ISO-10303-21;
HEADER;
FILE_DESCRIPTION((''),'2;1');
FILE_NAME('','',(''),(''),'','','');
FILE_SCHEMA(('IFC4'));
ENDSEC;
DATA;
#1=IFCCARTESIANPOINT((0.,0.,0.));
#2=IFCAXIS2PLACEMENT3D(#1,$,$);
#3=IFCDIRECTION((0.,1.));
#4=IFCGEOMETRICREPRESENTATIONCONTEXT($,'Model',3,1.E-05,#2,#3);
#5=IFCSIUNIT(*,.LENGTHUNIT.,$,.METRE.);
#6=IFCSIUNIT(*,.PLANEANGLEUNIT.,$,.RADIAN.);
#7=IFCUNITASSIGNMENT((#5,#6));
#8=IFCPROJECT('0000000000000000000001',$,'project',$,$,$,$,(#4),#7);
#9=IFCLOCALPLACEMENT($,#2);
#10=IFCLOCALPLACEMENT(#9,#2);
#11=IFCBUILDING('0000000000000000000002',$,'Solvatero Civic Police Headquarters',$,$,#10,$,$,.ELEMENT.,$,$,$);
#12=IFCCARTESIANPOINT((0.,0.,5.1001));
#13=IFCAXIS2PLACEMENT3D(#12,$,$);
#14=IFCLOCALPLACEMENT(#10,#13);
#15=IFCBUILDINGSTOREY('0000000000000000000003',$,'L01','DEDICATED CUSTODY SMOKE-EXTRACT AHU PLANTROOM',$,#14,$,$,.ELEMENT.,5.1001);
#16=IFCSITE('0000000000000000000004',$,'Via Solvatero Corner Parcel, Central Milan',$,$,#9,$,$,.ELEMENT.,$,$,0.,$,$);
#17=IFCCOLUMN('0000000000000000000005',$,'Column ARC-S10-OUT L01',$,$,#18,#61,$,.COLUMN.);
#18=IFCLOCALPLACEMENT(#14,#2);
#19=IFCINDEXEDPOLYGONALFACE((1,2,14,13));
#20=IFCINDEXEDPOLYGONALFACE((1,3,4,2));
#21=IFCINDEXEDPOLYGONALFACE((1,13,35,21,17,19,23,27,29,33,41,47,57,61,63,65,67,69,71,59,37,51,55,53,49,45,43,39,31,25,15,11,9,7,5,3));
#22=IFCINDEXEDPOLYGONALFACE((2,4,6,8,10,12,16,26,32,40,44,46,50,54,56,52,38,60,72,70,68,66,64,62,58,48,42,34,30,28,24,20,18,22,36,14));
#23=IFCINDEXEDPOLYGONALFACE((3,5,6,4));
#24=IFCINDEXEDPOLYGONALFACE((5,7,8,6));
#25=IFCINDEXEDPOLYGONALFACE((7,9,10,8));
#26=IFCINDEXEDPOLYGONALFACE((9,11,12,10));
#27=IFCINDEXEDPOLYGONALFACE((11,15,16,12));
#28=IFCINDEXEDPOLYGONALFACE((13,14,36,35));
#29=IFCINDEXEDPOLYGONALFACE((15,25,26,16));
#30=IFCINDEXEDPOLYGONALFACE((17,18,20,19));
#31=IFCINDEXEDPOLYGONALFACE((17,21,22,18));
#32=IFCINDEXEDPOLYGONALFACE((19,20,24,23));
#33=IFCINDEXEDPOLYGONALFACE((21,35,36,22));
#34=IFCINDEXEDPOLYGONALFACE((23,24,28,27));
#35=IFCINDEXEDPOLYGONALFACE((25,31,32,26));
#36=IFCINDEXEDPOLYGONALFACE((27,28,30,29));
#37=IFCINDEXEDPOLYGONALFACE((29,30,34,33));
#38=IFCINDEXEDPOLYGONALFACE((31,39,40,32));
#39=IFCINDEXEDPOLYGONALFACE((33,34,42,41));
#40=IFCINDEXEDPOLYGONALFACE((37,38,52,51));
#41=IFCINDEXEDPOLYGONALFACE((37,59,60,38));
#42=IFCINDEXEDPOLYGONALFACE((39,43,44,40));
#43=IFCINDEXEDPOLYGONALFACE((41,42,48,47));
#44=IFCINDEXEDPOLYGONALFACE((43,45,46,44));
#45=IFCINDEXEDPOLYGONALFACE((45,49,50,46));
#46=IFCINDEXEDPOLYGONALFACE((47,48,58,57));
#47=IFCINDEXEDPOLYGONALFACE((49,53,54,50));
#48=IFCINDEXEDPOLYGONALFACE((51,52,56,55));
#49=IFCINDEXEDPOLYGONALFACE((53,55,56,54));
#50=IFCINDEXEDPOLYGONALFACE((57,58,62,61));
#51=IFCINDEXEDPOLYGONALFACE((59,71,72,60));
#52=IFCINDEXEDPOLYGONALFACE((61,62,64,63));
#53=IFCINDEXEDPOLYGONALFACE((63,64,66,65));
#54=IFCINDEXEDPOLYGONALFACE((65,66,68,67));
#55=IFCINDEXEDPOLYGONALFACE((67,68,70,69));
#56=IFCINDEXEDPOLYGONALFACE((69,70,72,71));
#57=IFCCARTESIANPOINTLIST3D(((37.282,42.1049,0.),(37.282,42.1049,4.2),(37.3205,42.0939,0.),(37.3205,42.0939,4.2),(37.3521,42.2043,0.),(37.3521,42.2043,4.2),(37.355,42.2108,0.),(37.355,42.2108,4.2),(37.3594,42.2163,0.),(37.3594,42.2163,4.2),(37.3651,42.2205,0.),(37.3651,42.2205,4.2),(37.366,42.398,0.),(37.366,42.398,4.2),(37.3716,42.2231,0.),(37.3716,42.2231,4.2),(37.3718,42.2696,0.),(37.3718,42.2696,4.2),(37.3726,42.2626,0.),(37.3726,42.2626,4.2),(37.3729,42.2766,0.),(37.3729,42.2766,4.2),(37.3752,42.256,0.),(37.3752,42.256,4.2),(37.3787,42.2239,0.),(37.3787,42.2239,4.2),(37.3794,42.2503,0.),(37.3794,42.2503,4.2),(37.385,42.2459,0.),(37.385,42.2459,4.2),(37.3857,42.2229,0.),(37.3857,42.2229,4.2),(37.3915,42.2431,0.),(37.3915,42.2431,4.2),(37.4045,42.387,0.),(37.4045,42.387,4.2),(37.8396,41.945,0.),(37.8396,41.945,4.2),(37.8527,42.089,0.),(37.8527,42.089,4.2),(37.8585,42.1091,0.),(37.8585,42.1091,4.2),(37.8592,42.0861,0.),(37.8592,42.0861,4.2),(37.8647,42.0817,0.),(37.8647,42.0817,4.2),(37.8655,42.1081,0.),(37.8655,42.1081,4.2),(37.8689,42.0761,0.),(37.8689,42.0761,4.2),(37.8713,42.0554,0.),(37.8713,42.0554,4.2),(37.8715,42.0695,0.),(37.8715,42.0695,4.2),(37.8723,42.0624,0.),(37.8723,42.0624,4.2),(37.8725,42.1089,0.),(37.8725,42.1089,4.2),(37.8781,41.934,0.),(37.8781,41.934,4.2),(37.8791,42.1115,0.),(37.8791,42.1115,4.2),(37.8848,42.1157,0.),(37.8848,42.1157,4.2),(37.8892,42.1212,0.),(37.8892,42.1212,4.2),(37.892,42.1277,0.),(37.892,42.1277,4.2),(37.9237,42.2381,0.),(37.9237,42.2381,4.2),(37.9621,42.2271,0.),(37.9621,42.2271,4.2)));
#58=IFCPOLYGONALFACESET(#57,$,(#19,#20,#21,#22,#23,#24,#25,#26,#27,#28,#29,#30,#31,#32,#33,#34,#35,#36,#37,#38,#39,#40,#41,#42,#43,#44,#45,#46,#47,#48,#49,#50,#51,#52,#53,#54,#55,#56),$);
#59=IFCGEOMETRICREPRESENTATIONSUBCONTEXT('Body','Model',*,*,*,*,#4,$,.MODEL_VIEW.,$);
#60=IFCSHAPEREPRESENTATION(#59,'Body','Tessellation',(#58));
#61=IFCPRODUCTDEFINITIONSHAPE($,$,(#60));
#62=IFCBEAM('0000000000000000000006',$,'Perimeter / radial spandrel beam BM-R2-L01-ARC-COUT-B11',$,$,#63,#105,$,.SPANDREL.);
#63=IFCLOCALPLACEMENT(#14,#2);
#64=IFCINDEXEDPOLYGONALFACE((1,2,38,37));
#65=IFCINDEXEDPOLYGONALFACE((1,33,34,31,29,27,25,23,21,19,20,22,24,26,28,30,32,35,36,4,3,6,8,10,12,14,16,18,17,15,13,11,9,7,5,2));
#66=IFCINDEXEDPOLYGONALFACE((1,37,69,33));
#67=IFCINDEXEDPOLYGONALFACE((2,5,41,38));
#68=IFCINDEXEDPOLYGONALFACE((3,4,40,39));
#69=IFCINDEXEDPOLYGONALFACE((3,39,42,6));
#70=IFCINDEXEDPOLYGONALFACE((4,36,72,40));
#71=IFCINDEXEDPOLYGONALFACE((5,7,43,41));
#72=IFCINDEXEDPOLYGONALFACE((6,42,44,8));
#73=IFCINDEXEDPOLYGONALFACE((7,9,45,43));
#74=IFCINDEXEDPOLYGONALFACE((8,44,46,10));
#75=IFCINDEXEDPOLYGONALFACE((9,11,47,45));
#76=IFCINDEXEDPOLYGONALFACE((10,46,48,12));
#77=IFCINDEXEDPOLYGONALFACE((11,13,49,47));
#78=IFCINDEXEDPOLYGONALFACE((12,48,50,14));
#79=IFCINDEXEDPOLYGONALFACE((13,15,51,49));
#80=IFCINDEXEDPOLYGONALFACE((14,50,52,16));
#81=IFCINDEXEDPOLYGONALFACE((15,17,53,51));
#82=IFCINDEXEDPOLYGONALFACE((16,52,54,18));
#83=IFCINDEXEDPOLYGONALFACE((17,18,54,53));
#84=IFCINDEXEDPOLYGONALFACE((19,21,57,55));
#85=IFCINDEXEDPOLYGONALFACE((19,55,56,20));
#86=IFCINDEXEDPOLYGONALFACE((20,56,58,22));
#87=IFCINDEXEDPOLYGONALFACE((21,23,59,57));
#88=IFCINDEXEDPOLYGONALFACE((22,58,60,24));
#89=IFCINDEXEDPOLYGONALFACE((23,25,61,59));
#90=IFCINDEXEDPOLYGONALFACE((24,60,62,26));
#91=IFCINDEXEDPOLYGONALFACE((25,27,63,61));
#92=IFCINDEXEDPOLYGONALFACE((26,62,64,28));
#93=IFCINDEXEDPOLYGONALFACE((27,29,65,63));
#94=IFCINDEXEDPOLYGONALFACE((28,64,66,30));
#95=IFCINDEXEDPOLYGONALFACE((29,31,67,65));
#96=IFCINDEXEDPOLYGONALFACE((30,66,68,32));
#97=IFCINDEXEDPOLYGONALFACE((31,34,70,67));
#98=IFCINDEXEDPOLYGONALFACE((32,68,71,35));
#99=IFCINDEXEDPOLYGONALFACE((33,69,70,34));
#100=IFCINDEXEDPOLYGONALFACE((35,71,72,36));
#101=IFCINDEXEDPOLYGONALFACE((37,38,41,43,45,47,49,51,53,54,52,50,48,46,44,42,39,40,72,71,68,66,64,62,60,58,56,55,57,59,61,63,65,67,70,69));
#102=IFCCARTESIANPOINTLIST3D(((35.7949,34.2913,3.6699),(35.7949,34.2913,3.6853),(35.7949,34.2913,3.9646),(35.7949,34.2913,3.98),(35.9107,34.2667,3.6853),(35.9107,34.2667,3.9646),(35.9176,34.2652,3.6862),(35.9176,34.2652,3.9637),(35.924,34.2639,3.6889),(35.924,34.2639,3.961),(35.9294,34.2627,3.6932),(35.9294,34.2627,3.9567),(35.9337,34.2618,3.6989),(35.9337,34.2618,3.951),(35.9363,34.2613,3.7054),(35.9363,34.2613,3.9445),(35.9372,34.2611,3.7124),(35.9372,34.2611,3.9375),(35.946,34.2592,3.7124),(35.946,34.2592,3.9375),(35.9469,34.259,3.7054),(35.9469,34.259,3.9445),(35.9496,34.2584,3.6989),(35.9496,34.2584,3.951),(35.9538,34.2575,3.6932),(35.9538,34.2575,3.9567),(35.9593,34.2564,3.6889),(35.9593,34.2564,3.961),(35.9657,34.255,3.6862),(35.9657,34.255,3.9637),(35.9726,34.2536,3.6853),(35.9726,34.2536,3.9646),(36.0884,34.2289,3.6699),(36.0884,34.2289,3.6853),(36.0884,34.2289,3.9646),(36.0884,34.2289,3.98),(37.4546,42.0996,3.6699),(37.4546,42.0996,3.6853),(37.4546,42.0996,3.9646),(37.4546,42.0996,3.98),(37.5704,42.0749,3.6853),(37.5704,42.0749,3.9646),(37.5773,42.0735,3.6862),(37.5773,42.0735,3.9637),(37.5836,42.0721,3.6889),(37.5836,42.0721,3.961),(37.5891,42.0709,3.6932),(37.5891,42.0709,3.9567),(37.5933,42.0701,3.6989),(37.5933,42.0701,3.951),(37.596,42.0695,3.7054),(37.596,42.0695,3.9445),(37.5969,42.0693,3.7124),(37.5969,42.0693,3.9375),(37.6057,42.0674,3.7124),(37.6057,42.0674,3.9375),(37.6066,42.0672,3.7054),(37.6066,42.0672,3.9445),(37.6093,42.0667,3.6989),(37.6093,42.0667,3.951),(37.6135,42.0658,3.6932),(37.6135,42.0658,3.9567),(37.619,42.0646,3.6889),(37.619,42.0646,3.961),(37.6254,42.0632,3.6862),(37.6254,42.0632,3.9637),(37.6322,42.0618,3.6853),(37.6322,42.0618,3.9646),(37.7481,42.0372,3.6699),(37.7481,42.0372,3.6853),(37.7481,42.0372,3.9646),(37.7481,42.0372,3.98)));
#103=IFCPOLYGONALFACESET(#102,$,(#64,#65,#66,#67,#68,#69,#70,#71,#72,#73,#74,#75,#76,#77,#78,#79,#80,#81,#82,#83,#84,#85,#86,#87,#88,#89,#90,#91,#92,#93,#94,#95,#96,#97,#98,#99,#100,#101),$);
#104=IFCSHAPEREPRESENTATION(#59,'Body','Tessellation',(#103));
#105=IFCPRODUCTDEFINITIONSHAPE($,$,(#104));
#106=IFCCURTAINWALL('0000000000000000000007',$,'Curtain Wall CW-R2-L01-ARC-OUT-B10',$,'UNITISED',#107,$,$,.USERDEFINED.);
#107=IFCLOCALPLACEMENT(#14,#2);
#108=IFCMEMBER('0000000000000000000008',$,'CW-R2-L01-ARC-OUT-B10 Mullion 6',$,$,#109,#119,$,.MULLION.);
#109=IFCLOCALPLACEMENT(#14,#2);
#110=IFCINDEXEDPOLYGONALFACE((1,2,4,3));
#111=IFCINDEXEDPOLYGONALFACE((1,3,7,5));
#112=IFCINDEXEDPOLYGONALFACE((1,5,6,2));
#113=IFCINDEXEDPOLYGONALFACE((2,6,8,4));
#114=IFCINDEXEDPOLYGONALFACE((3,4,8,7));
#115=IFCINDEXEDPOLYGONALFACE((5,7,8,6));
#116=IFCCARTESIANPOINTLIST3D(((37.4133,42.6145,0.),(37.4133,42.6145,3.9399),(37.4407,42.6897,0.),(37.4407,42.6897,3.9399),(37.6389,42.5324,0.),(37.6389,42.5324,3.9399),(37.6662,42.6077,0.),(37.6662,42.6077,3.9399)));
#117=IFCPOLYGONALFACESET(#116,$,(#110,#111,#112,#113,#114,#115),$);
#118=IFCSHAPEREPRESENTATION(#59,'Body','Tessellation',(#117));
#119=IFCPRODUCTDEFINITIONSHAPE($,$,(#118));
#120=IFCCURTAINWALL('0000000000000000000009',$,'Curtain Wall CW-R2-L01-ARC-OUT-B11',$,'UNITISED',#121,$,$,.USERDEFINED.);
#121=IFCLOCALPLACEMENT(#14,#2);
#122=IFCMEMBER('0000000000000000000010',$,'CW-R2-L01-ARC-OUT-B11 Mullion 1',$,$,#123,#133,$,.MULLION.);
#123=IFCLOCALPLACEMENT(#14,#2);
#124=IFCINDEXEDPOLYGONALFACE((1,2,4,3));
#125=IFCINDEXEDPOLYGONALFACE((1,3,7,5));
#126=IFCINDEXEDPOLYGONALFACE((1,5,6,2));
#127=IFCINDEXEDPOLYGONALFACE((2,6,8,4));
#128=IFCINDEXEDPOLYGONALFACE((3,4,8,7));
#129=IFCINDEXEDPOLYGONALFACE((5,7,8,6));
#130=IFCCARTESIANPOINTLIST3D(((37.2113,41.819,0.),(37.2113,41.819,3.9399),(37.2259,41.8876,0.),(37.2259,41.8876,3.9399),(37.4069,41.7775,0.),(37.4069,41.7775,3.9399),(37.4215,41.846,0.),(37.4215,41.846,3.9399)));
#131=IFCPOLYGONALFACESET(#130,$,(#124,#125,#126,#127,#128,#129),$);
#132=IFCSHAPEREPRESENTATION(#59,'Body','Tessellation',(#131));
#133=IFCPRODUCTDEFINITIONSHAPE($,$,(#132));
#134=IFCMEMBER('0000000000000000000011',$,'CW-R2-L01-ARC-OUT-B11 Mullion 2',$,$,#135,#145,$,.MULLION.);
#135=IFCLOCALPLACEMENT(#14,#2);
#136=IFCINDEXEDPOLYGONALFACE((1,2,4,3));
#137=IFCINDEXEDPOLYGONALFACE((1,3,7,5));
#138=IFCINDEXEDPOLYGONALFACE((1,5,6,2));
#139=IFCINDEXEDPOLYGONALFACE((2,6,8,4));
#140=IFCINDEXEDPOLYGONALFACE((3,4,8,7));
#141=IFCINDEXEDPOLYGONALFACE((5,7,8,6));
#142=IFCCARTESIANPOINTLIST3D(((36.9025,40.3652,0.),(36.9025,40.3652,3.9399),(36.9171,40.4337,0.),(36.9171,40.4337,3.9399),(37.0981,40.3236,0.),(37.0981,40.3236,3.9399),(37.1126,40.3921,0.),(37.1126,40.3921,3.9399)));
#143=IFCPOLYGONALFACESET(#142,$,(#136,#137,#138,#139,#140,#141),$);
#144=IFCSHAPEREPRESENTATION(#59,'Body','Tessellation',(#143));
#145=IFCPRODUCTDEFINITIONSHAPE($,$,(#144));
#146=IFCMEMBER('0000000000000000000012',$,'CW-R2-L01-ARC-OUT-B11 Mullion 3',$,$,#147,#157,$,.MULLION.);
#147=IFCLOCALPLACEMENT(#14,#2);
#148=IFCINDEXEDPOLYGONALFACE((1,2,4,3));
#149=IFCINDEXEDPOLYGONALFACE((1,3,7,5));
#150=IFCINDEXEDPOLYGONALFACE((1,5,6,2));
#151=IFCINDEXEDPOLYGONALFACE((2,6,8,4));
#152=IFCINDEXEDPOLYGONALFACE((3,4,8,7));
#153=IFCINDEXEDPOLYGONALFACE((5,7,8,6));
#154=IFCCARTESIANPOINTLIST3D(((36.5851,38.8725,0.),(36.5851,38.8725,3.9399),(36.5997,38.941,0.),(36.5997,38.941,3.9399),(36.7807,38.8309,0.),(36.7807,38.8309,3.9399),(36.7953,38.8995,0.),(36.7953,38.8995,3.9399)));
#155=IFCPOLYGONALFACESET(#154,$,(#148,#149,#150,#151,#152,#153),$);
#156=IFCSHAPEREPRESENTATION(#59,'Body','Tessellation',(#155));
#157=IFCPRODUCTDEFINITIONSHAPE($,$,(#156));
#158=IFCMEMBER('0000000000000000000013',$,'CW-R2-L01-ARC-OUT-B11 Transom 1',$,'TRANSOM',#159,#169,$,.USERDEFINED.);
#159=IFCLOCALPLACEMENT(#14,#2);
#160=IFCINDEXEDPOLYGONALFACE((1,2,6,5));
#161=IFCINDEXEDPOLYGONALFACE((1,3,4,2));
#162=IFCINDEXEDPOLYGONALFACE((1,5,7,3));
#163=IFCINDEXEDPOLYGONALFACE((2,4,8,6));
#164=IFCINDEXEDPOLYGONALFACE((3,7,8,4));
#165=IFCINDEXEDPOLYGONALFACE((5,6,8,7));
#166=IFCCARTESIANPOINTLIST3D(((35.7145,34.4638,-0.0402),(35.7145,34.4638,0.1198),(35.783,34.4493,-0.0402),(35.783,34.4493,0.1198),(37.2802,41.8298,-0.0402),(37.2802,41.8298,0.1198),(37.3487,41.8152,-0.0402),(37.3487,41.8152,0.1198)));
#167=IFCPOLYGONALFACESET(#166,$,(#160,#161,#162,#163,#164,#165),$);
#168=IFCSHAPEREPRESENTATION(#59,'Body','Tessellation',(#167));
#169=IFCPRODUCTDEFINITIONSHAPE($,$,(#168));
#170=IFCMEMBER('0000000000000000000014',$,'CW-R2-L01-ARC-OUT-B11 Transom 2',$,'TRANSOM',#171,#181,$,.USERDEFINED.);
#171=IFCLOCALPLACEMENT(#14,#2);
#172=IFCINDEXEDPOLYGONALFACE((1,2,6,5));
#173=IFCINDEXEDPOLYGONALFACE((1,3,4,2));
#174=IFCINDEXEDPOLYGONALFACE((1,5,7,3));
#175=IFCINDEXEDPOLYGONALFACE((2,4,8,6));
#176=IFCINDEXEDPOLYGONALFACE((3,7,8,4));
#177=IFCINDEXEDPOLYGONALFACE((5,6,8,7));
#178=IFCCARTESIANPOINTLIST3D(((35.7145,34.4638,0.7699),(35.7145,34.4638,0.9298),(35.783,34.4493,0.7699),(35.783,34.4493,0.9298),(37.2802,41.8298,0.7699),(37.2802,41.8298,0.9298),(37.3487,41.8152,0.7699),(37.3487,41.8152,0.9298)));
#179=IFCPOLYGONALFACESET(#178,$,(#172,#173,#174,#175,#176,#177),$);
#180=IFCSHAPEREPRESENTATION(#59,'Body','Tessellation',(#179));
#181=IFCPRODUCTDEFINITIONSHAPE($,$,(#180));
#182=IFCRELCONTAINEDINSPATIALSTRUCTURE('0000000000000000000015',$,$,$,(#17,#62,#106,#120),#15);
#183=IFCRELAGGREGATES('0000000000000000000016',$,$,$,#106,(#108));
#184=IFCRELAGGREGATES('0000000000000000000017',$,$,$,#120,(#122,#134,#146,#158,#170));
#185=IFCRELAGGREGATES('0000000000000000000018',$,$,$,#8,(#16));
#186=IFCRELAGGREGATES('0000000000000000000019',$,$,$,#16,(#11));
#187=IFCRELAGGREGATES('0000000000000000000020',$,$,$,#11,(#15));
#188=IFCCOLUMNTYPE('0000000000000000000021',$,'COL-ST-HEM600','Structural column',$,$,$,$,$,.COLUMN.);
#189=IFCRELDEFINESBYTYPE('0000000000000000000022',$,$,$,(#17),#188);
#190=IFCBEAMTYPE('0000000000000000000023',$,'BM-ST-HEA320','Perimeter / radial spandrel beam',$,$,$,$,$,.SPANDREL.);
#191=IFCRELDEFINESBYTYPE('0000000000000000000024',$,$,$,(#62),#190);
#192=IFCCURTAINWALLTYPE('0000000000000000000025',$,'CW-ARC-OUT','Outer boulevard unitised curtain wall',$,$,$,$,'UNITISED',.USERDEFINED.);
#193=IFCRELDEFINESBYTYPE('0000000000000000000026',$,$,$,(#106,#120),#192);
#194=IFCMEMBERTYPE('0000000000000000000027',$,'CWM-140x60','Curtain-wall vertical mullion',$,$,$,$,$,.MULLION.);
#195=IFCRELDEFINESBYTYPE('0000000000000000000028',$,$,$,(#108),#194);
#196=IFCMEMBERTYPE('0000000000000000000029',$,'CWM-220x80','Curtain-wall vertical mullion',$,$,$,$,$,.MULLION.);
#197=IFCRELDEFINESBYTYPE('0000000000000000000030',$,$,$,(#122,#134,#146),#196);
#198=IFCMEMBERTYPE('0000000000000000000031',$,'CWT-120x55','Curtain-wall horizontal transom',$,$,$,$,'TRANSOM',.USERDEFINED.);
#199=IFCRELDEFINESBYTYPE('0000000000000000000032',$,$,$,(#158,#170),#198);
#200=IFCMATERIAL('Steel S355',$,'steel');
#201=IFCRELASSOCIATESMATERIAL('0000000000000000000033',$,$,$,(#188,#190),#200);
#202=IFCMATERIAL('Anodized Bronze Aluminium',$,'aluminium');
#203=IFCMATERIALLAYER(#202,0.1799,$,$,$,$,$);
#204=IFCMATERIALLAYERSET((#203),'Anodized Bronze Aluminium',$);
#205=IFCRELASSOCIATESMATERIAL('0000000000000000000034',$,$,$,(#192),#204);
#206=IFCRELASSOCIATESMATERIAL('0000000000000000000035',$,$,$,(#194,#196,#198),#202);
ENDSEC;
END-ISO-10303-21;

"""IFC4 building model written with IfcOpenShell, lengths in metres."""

from ifc_helpers import new_model, si_unit, direction, frame, origin, origin_2d, place, context, subcontext, project, spatial, rectangle, i_section, extrude, material, layer, layer_set, material_profile, profile_set, type_object, element, aggregate, save


model = new_model("IFC4")

# Units and contexts
model_context = context("Model", 3, precision=1e-05, world=origin(), true_north=direction((0.0, 1.0)))
body_context = subcontext(model_context, "Body", "Model", "MODEL_VIEW")
ifc_project = project(units=[si_unit("LENGTHUNIT", "METRE"), si_unit("PLANEANGLEUNIT", "RADIAN")], contexts=[model_context])

# Site, building, storey
site_placement = place(None, origin())
site = spatial("IfcSite", under=ifc_project, at=site_placement, Name="Via Solvatero Corner Parcel, Central Milan", CompositionType="ELEMENT", RefElevation=0.0)
building_placement = place(site_placement, origin())
building = spatial("IfcBuilding", under=site, at=building_placement, Name="Solvatero Civic Police Headquarters", CompositionType="ELEMENT")
storey_placement = place(building_placement, frame((0.0, 0.0, 5.1001)))
storey = spatial("IfcBuildingStorey", under=building, at=storey_placement, Name="L01", Description="DEDICATED CUSTODY SMOKE-EXTRACT AHU PLANTROOM", CompositionType="ELEMENT", Elevation=5.1001)

# Column
ifc_material_1 = material(Name="Steel S355", Category="steel")
ifc_material_profile_1 = material_profile(ifc_material_1, i_section(OverallWidth=0.3049, OverallDepth=0.6201, WebThickness=0.021, FlangeThickness=0.04, FilletRadius=0.0271, at=origin_2d()), Name="HEM 600")
ifc_profile_set_1 = profile_set([ifc_material_profile_1], Name="Steel S355")
column_type = type_object("IfcColumnType", Name="COL-ST-HEM600", Description="Structural column", PredefinedType="COLUMN", material=ifc_profile_set_1)
column_placement = place(storey_placement, frame((37.6221, 42.166, 0.0), z_axis=(0.0, 0.0, 1.0), x_axis=(0.275637, 0.961262, 0.0)))
element("IfcColumn", 1, at=column_placement, inside=storey, type_object=column_type, Name="Column ARC-S10-OUT L01", PredefinedType="COLUMN", context=body_context, shape_type="SweptSolid", body=[
    extrude(i_section(OverallWidth=0.3049, OverallDepth=0.6201, WebThickness=0.021, FlangeThickness=0.04, FilletRadius=0.0271, at=origin_2d()), origin(), (0.0, 0.0, 1.0), 4.2),
])

# Beam
ifc_material_profile_2 = material_profile(ifc_material_1, i_section(OverallWidth=0.3, OverallDepth=0.3101, WebThickness=0.009, FlangeThickness=0.0154, FilletRadius=0.0271, at=origin_2d()), Name="HEA 320")
ifc_profile_set_2 = profile_set([ifc_material_profile_2], Name="Steel S355")
beam_type = type_object("IfcBeamType", Name="BM-ST-HEA320", Description="Perimeter / radial spandrel beam", PredefinedType="SPANDREL", material=ifc_profile_set_2)
beam_placement = place(storey_placement, frame((37.6013, 42.0684, 3.825), z_axis=(-0.207912, -0.978148, 0.0), x_axis=(0.978148, -0.207912, 0.0)))
element("IfcBeam", 2, at=beam_placement, inside=storey, type_object=beam_type, Name="Perimeter / radial spandrel beam BM-R2-L01-ARC-COUT-B11", PredefinedType="SPANDREL", context=body_context, shape_type="SweptSolid", body=[
    extrude(i_section(OverallWidth=0.3, OverallDepth=0.3101, WebThickness=0.009, FlangeThickness=0.0154, FilletRadius=0.0271, at=origin_2d()), origin(), (0.0, 0.0, 1.0), 7.9827),
])

# Curtain wall, member
ifc_material_2 = material(Name="Anodized Bronze Aluminium", Category="aluminium")
ifc_layer_1 = layer(ifc_material_2, 0.1799)
ifc_layer_set_1 = layer_set([ifc_layer_1], Name="Anodized Bronze Aluminium")
curtain_wall_type = type_object("IfcCurtainWallType", Name="CW-ARC-OUT", Description="Outer boulevard unitised curtain wall", ElementType="UNITISED", PredefinedType="USERDEFINED", material=ifc_layer_set_1)
curtain_wall_1_placement = place(storey_placement, origin())
curtain_wall_1 = element("IfcCurtainWall", 3, at=curtain_wall_1_placement, inside=storey, type_object=curtain_wall_type, Name="Curtain Wall CW-R2-L01-ARC-OUT-B10", ObjectType="UNITISED", PredefinedType="USERDEFINED")
ifc_material_profile_3 = material_profile(ifc_material_2, rectangle(XDim=0.0801, YDim=0.24, at=origin_2d()), Name="ALU MULLION 80x240")
ifc_profile_set_3 = profile_set([ifc_material_profile_3], Name="Anodized Bronze Aluminium")
member_type_1 = type_object("IfcMemberType", Name="CWM-140x60", Description="Curtain-wall vertical mullion", PredefinedType="MULLION", material=ifc_profile_set_3)
member_1_placement = place(storey_placement, frame((37.5398, 42.6111, 0.0), z_axis=(0.0, 0.0, 1.0), x_axis=(-0.34202, -0.939693, 0.0)))
member_1 = element("IfcMember", 4, at=member_1_placement, type_object=member_type_1, Name="CW-R2-L01-ARC-OUT-B10 Mullion 6", PredefinedType="MULLION", context=body_context, shape_type="SweptSolid", body=[
    extrude(rectangle(XDim=0.0801, YDim=0.24, at=origin_2d()), origin(), (0.0, 0.0, 1.0), 3.9399),
])
aggregate(curtain_wall_1, [member_1])

# Curtain wall, members
curtain_wall_2_placement = place(storey_placement, origin())
curtain_wall_2 = element("IfcCurtainWall", 5, at=curtain_wall_2_placement, inside=storey, type_object=curtain_wall_type, Name="Curtain Wall CW-R2-L01-ARC-OUT-B11", ObjectType="UNITISED", PredefinedType="USERDEFINED")
ifc_material_profile_4 = material_profile(ifc_material_2, rectangle(XDim=0.0701, YDim=0.2, at=origin_2d()), Name="ALU MULLION 70x200")
ifc_profile_set_4 = profile_set([ifc_material_profile_4], Name="Anodized Bronze Aluminium")
member_type_2 = type_object("IfcMemberType", Name="CWM-220x80", Description="Curtain-wall vertical mullion", PredefinedType="MULLION", material=ifc_profile_set_4)
member_2_placement = place(storey_placement, frame((37.3164, 41.8325, 0.0), z_axis=(0.0, 0.0, 1.0), x_axis=(-0.207912, -0.978148, 0.0)))
member_2 = element("IfcMember", 6, at=member_2_placement, type_object=member_type_2, Name="CW-R2-L01-ARC-OUT-B11 Mullion 1", PredefinedType="MULLION", context=body_context, shape_type="SweptSolid", body=[
    extrude(rectangle(XDim=0.0701, YDim=0.2, at=origin_2d()), origin(), (0.0, 0.0, 1.0), 3.9399),
])
member_3_placement = place(storey_placement, frame((37.0076, 40.3787, 0.0), z_axis=(0.0, 0.0, 1.0), x_axis=(-0.207912, -0.978148, 0.0)))
member_3 = element("IfcMember", 7, at=member_3_placement, type_object=member_type_2, Name="CW-R2-L01-ARC-OUT-B11 Mullion 2", PredefinedType="MULLION", context=body_context, shape_type="SweptSolid", body=[
    extrude(rectangle(XDim=0.0701, YDim=0.2, at=origin_2d()), origin(), (0.0, 0.0, 1.0), 3.9399),
])
member_4_placement = place(storey_placement, frame((36.6902, 38.886, 0.0), z_axis=(0.0, 0.0, 1.0), x_axis=(-0.207912, -0.978148, 0.0)))
member_4 = element("IfcMember", 8, at=member_4_placement, type_object=member_type_2, Name="CW-R2-L01-ARC-OUT-B11 Mullion 3", PredefinedType="MULLION", context=body_context, shape_type="SweptSolid", body=[
    extrude(rectangle(XDim=0.0701, YDim=0.2, at=origin_2d()), origin(), (0.0, 0.0, 1.0), 3.9399),
])
ifc_material_profile_5 = material_profile(ifc_material_2, rectangle(XDim=0.0701, YDim=0.1599, at=origin_2d()), Name="ALU TRANSOM 70x160")
ifc_profile_set_5 = profile_set([ifc_material_profile_5], Name="Anodized Bronze Aluminium")
member_type_3 = type_object("IfcMemberType", Name="CWT-120x55", Description="Curtain-wall horizontal transom", ElementType="TRANSOM", PredefinedType="USERDEFINED", material=ifc_profile_set_5)
member_5_placement = place(storey_placement, frame((37.3145, 41.8225, 0.0398), z_axis=(-0.20791, -0.978148, 0.0), x_axis=(0.978148, -0.20791, 0.0)))
member_5 = element("IfcMember", 9, at=member_5_placement, type_object=member_type_3, Name="CW-R2-L01-ARC-OUT-B11 Transom 1", ObjectType="TRANSOM", PredefinedType="USERDEFINED", context=body_context, shape_type="SweptSolid", body=[
    extrude(rectangle(XDim=0.0701, YDim=0.1599, at=origin_2d()), origin(), (0.0, 0.0, 1.0), 7.5305),
])
member_6_placement = place(storey_placement, frame((37.3145, 41.8225, 0.8499), z_axis=(-0.20791, -0.978148, 0.0), x_axis=(0.978148, -0.20791, 0.0)))
member_6 = element("IfcMember", 10, at=member_6_placement, type_object=member_type_3, Name="CW-R2-L01-ARC-OUT-B11 Transom 2", ObjectType="TRANSOM", PredefinedType="USERDEFINED", context=body_context, shape_type="SweptSolid", body=[
    extrude(rectangle(XDim=0.0701, YDim=0.1599, at=origin_2d()), origin(), (0.0, 0.0, 1.0), 7.5305),
])
aggregate(curtain_wall_2, [member_2, member_3, member_4, member_5, member_6])

save(model, "model.ifc")
